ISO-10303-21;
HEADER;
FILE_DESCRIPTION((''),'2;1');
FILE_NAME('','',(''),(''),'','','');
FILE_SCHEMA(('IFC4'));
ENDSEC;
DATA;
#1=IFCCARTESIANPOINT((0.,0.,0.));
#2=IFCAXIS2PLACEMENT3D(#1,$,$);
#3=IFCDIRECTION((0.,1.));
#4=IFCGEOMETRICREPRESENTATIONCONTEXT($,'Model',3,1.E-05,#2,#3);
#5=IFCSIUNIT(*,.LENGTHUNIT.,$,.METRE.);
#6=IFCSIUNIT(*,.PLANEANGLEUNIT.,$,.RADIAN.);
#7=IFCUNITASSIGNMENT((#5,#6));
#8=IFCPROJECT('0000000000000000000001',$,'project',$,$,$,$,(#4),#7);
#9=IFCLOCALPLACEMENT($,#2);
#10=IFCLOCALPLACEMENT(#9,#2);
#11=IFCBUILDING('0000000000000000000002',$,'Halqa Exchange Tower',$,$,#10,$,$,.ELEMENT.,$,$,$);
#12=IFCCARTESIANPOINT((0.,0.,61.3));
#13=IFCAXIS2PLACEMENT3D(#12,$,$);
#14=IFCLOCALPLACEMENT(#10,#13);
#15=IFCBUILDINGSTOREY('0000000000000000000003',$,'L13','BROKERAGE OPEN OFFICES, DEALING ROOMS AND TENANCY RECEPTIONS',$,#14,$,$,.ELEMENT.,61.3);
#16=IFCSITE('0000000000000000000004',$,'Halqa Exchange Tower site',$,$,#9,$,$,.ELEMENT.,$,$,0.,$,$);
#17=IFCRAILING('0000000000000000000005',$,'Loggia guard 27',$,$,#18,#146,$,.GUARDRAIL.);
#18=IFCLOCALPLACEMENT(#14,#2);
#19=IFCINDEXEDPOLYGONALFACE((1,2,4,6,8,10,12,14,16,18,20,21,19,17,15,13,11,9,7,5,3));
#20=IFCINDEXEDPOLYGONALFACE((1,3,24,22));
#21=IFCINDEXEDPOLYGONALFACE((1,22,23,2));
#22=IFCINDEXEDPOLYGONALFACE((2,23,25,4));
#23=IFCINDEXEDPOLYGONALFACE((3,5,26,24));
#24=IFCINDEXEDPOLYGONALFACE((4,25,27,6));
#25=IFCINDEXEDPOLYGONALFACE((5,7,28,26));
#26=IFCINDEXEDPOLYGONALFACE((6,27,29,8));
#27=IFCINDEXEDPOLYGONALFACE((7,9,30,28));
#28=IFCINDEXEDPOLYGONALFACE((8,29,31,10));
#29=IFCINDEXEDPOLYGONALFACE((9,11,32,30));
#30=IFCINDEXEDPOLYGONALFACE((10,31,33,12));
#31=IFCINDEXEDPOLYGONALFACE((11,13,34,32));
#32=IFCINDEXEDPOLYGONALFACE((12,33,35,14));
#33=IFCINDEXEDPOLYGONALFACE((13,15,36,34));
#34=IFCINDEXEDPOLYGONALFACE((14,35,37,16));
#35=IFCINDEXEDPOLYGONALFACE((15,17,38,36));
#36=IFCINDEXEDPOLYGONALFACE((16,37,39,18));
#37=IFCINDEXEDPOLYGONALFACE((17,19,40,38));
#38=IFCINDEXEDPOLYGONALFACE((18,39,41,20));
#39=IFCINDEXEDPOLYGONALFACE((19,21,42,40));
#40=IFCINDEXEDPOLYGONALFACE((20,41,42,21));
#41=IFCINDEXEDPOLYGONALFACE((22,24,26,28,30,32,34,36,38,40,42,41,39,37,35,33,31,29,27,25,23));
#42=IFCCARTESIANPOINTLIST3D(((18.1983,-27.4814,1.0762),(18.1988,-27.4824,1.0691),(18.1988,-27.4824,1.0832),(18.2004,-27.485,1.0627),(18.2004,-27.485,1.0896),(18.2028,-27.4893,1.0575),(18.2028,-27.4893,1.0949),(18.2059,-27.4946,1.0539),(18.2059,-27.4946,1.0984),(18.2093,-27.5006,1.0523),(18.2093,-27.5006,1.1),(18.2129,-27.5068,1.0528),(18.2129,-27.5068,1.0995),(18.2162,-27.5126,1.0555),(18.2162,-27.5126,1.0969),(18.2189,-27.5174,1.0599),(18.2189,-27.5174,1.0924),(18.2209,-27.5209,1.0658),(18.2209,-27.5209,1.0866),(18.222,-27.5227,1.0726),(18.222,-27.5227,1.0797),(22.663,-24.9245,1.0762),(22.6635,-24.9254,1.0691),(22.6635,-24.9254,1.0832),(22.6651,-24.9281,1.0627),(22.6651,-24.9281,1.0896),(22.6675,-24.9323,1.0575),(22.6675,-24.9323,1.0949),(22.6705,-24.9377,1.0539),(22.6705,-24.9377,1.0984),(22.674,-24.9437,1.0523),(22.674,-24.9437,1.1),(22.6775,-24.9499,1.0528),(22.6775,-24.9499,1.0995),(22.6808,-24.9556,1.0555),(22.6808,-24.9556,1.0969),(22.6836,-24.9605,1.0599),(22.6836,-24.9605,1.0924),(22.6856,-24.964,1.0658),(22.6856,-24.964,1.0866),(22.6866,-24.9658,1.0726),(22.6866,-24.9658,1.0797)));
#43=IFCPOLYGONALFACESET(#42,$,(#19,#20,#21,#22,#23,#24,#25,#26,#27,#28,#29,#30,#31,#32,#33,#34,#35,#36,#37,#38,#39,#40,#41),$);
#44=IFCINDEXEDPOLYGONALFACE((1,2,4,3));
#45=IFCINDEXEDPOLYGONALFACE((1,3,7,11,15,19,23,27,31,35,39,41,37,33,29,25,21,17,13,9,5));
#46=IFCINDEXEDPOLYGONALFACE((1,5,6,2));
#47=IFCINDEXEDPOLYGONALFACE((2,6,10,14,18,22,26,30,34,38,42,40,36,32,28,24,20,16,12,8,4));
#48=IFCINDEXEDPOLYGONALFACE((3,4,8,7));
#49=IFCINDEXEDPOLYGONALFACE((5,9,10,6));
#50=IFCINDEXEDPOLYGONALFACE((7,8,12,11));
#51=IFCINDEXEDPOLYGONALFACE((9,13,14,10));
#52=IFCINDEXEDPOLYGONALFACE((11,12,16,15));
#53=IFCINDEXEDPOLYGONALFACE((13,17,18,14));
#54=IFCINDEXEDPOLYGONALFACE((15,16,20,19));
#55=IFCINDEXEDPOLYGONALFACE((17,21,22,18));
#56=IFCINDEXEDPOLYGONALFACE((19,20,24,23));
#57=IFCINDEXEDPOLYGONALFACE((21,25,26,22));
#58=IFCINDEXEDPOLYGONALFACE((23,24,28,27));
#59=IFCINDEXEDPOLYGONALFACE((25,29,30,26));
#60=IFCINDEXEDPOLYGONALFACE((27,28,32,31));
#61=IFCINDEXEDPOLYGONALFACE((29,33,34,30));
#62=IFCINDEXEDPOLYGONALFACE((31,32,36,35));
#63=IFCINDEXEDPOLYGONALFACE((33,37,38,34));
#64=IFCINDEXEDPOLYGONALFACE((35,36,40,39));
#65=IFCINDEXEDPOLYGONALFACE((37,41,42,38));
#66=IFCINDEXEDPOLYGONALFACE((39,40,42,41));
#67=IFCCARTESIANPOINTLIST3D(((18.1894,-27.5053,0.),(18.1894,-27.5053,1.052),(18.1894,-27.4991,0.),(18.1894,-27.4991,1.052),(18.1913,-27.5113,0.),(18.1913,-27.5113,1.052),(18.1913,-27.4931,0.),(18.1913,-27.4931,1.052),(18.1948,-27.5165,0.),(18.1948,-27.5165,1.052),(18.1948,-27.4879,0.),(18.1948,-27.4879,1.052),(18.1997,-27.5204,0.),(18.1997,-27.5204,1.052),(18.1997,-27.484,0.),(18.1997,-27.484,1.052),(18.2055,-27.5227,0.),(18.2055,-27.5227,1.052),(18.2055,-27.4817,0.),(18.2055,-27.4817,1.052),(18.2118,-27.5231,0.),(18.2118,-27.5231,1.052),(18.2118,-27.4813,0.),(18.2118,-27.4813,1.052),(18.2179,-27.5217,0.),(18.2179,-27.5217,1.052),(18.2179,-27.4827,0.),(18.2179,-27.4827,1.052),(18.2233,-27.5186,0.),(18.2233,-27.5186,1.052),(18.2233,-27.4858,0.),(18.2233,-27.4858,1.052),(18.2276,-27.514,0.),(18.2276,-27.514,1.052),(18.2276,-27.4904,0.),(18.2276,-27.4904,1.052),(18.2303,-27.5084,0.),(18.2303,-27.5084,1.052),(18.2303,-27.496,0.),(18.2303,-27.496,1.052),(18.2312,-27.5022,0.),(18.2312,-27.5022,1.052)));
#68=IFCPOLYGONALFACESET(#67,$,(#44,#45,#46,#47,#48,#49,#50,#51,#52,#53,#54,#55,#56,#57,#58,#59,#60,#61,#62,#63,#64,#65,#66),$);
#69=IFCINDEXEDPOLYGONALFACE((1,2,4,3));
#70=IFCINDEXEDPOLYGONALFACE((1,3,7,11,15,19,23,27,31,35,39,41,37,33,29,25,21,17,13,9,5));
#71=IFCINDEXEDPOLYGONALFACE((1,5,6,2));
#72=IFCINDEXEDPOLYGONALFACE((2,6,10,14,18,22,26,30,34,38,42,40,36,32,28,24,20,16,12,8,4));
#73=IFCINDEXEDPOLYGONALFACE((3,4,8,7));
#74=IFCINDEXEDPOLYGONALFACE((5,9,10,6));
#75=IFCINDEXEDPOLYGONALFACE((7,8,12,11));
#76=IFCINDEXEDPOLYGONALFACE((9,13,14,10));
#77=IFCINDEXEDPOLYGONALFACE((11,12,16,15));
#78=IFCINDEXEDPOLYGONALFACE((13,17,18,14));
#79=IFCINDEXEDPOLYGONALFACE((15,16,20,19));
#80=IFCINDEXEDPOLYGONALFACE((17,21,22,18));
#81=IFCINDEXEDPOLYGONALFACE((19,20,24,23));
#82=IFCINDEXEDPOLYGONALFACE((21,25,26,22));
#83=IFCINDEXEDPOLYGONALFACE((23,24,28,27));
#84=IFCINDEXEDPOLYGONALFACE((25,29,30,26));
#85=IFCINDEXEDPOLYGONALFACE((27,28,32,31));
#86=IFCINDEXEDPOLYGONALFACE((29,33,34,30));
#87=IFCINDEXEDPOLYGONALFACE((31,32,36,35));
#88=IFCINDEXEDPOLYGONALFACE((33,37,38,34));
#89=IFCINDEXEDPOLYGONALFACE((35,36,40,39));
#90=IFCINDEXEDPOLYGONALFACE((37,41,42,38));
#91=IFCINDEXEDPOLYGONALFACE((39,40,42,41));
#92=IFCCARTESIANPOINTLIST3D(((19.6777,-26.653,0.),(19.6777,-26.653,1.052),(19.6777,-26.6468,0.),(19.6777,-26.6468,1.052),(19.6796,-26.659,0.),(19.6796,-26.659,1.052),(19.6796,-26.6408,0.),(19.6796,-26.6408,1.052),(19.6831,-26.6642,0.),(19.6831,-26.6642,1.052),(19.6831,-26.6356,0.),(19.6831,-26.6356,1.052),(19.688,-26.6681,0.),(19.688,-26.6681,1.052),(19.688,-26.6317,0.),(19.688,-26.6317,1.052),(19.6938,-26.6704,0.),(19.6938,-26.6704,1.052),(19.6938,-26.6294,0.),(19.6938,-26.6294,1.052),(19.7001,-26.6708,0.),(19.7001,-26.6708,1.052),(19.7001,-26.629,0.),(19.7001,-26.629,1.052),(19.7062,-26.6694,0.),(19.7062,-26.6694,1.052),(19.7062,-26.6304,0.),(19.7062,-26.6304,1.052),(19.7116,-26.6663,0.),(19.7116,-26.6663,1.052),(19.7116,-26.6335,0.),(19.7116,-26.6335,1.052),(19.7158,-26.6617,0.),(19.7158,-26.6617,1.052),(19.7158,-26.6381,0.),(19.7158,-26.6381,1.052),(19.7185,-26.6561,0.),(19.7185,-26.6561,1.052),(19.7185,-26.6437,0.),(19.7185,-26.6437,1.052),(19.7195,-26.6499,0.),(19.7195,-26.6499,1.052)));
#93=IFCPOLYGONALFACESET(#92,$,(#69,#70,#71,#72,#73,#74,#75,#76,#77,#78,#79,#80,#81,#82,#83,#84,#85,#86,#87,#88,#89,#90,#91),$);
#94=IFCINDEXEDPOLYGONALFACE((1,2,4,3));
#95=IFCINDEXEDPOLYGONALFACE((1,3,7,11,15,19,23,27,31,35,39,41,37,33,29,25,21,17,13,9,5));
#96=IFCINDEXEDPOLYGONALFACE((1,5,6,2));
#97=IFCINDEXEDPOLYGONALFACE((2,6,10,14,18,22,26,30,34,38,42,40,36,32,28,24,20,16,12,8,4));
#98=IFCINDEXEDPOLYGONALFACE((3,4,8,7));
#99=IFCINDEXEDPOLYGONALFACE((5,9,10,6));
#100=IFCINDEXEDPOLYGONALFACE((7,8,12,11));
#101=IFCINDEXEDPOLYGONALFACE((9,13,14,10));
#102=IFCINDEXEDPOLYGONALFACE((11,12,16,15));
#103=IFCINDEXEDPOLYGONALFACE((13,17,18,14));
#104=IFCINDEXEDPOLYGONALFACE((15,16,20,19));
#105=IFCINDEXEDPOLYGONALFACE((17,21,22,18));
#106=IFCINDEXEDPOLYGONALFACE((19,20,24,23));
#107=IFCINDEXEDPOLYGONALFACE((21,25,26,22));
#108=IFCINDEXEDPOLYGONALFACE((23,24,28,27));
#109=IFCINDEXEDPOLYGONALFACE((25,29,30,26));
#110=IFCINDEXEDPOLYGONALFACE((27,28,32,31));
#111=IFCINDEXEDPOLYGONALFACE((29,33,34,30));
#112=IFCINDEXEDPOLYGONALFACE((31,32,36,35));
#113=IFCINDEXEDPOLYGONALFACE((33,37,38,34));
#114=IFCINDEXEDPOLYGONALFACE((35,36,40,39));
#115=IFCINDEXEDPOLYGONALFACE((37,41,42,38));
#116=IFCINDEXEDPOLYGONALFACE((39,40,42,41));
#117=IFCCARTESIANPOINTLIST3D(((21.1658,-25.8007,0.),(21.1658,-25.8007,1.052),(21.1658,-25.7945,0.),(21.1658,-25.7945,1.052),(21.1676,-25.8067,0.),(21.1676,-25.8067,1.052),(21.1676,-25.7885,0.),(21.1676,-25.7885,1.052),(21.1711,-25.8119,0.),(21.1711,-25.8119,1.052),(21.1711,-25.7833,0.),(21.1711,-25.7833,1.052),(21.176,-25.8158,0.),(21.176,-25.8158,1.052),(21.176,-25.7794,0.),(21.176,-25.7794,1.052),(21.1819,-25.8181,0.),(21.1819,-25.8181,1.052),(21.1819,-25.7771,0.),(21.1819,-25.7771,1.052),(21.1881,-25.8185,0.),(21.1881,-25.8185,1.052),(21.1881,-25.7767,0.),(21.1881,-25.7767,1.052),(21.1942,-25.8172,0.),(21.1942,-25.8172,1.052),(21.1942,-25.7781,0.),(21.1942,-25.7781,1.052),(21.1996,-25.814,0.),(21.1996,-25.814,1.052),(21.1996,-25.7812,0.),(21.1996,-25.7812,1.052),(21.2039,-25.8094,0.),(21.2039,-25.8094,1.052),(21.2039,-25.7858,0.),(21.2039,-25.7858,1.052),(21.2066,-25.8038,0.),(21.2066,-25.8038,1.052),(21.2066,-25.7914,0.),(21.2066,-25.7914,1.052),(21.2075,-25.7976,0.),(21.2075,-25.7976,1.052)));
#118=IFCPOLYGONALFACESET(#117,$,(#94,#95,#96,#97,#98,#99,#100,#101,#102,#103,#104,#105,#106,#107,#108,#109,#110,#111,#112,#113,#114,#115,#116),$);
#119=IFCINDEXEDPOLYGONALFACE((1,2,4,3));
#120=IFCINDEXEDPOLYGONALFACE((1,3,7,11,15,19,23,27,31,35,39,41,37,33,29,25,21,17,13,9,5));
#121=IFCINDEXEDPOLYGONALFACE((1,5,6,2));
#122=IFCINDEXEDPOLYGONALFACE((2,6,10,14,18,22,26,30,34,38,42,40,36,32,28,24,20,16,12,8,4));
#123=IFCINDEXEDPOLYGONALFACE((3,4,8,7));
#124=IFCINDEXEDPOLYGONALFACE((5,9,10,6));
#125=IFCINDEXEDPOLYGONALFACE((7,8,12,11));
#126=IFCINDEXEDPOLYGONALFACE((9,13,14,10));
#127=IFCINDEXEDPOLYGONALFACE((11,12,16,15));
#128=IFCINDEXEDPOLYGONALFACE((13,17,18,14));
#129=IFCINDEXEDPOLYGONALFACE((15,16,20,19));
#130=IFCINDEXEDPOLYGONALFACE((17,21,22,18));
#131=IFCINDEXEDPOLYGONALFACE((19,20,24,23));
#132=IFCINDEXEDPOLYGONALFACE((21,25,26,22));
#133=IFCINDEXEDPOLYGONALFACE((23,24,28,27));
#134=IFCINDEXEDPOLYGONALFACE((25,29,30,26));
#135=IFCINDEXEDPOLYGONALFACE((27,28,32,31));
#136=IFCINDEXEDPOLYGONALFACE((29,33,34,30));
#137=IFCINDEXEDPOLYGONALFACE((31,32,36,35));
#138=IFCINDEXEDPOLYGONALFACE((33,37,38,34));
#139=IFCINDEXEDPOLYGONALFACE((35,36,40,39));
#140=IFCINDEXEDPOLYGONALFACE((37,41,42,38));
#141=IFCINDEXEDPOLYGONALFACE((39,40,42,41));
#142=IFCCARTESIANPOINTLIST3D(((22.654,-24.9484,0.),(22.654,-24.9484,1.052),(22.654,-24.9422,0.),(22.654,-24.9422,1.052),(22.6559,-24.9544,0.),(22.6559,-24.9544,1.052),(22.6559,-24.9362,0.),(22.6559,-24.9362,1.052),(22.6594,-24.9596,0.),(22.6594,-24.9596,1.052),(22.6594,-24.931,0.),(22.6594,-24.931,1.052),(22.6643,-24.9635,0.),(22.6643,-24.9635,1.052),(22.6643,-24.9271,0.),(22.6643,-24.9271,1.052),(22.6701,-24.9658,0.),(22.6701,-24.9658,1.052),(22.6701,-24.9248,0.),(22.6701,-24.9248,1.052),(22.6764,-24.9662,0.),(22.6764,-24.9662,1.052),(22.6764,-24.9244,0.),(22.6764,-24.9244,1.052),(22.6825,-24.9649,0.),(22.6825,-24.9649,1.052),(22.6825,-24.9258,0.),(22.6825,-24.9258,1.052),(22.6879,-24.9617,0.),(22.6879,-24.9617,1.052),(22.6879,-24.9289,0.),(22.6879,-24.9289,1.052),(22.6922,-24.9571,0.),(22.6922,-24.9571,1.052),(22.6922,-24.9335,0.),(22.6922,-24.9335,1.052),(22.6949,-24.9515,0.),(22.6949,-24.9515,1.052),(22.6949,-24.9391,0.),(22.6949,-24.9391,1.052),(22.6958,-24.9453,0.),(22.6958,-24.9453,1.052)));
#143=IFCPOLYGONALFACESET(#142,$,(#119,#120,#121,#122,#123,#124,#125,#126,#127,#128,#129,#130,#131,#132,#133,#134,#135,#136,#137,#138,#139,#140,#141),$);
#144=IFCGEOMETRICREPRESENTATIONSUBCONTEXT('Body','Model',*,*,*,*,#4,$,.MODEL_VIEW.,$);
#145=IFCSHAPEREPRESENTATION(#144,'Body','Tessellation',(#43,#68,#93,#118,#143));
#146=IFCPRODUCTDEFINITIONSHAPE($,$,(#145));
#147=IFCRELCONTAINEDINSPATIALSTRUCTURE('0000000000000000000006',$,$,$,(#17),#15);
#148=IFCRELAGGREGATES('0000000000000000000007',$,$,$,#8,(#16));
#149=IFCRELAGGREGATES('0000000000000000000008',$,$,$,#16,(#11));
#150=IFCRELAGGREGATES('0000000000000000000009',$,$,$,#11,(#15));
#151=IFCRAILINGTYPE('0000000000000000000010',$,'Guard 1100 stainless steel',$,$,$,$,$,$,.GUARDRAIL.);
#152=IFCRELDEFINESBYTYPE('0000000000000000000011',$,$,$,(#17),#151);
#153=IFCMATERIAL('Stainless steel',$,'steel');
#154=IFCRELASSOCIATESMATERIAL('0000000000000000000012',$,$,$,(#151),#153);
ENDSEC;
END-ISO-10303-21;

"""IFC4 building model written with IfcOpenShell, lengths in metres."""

from ifc_helpers import new_model, si_unit, direction, frame, origin, origin_2d, place, context, subcontext, project, spatial, circle, extrude, material, type_object, element, save


model = new_model("IFC4")

# Units and contexts
model_context = context("Model", 3, precision=1e-05, world=origin(), true_north=direction((0.0, 1.0)))
body_context = subcontext(model_context, "Body", "Model", "MODEL_VIEW")
ifc_project = project(units=[si_unit("LENGTHUNIT", "METRE"), si_unit("PLANEANGLEUNIT", "RADIAN")], contexts=[model_context])

# Site, building, storey
site_placement = place(None, origin())
site = spatial("IfcSite", under=ifc_project, at=site_placement, Name="Halqa Exchange Tower site", CompositionType="ELEMENT", RefElevation=0.0)
building_placement = place(site_placement, origin())
building = spatial("IfcBuilding", under=site, at=building_placement, Name="Halqa Exchange Tower", CompositionType="ELEMENT")
storey_placement = place(building_placement, frame((0.0, 0.0, 61.3)))
storey = spatial("IfcBuildingStorey", under=building, at=storey_placement, Name="L13", Description="BROKERAGE OPEN OFFICES, DEALING ROOMS AND TENANCY RECEPTIONS", CompositionType="ELEMENT", Elevation=61.3)

# Railing
ifc_material_1 = material(Name="Stainless steel", Category="steel")
railing_type = type_object("IfcRailingType", Name="Guard 1100 stainless steel", PredefinedType="GUARDRAIL", material=ifc_material_1)
railing_1_placement = place(storey_placement, frame((18.2102, -27.5022, 0.0)))
element("IfcRailing", 1, at=railing_1_placement, inside=storey, type_object=railing_type, Name="Loggia guard 27", PredefinedType="GUARDRAIL", context=body_context, shape_type="SweptSolid", body=[
    extrude(circle(Radius=0.0239, at=origin_2d()), frame((0.0, 0.0, 1.0762), z_axis=(0.867767, 0.496972, 0.0), x_axis=(-0.496972, 0.867767, 0.0)), (0.0, 0.0, 1.0), 5.145),
    extrude(circle(Radius=0.021, at=origin_2d()), origin(), (0.0, 0.0, 1.0), 1.052),
    extrude(circle(Radius=0.021, at=origin_2d()), frame((1.4883, 0.8523, 0.0)), (0.0, 0.0, 1.0), 1.052),
    extrude(circle(Radius=0.021, at=origin_2d()), frame((2.9763, 1.7046, 0.0)), (0.0, 0.0, 1.0), 1.052),
    extrude(circle(Radius=0.021, at=origin_2d()), frame((4.4646, 2.5569, 0.0)), (0.0, 0.0, 1.0), 1.052),
])

save(model, "model.ifc")
